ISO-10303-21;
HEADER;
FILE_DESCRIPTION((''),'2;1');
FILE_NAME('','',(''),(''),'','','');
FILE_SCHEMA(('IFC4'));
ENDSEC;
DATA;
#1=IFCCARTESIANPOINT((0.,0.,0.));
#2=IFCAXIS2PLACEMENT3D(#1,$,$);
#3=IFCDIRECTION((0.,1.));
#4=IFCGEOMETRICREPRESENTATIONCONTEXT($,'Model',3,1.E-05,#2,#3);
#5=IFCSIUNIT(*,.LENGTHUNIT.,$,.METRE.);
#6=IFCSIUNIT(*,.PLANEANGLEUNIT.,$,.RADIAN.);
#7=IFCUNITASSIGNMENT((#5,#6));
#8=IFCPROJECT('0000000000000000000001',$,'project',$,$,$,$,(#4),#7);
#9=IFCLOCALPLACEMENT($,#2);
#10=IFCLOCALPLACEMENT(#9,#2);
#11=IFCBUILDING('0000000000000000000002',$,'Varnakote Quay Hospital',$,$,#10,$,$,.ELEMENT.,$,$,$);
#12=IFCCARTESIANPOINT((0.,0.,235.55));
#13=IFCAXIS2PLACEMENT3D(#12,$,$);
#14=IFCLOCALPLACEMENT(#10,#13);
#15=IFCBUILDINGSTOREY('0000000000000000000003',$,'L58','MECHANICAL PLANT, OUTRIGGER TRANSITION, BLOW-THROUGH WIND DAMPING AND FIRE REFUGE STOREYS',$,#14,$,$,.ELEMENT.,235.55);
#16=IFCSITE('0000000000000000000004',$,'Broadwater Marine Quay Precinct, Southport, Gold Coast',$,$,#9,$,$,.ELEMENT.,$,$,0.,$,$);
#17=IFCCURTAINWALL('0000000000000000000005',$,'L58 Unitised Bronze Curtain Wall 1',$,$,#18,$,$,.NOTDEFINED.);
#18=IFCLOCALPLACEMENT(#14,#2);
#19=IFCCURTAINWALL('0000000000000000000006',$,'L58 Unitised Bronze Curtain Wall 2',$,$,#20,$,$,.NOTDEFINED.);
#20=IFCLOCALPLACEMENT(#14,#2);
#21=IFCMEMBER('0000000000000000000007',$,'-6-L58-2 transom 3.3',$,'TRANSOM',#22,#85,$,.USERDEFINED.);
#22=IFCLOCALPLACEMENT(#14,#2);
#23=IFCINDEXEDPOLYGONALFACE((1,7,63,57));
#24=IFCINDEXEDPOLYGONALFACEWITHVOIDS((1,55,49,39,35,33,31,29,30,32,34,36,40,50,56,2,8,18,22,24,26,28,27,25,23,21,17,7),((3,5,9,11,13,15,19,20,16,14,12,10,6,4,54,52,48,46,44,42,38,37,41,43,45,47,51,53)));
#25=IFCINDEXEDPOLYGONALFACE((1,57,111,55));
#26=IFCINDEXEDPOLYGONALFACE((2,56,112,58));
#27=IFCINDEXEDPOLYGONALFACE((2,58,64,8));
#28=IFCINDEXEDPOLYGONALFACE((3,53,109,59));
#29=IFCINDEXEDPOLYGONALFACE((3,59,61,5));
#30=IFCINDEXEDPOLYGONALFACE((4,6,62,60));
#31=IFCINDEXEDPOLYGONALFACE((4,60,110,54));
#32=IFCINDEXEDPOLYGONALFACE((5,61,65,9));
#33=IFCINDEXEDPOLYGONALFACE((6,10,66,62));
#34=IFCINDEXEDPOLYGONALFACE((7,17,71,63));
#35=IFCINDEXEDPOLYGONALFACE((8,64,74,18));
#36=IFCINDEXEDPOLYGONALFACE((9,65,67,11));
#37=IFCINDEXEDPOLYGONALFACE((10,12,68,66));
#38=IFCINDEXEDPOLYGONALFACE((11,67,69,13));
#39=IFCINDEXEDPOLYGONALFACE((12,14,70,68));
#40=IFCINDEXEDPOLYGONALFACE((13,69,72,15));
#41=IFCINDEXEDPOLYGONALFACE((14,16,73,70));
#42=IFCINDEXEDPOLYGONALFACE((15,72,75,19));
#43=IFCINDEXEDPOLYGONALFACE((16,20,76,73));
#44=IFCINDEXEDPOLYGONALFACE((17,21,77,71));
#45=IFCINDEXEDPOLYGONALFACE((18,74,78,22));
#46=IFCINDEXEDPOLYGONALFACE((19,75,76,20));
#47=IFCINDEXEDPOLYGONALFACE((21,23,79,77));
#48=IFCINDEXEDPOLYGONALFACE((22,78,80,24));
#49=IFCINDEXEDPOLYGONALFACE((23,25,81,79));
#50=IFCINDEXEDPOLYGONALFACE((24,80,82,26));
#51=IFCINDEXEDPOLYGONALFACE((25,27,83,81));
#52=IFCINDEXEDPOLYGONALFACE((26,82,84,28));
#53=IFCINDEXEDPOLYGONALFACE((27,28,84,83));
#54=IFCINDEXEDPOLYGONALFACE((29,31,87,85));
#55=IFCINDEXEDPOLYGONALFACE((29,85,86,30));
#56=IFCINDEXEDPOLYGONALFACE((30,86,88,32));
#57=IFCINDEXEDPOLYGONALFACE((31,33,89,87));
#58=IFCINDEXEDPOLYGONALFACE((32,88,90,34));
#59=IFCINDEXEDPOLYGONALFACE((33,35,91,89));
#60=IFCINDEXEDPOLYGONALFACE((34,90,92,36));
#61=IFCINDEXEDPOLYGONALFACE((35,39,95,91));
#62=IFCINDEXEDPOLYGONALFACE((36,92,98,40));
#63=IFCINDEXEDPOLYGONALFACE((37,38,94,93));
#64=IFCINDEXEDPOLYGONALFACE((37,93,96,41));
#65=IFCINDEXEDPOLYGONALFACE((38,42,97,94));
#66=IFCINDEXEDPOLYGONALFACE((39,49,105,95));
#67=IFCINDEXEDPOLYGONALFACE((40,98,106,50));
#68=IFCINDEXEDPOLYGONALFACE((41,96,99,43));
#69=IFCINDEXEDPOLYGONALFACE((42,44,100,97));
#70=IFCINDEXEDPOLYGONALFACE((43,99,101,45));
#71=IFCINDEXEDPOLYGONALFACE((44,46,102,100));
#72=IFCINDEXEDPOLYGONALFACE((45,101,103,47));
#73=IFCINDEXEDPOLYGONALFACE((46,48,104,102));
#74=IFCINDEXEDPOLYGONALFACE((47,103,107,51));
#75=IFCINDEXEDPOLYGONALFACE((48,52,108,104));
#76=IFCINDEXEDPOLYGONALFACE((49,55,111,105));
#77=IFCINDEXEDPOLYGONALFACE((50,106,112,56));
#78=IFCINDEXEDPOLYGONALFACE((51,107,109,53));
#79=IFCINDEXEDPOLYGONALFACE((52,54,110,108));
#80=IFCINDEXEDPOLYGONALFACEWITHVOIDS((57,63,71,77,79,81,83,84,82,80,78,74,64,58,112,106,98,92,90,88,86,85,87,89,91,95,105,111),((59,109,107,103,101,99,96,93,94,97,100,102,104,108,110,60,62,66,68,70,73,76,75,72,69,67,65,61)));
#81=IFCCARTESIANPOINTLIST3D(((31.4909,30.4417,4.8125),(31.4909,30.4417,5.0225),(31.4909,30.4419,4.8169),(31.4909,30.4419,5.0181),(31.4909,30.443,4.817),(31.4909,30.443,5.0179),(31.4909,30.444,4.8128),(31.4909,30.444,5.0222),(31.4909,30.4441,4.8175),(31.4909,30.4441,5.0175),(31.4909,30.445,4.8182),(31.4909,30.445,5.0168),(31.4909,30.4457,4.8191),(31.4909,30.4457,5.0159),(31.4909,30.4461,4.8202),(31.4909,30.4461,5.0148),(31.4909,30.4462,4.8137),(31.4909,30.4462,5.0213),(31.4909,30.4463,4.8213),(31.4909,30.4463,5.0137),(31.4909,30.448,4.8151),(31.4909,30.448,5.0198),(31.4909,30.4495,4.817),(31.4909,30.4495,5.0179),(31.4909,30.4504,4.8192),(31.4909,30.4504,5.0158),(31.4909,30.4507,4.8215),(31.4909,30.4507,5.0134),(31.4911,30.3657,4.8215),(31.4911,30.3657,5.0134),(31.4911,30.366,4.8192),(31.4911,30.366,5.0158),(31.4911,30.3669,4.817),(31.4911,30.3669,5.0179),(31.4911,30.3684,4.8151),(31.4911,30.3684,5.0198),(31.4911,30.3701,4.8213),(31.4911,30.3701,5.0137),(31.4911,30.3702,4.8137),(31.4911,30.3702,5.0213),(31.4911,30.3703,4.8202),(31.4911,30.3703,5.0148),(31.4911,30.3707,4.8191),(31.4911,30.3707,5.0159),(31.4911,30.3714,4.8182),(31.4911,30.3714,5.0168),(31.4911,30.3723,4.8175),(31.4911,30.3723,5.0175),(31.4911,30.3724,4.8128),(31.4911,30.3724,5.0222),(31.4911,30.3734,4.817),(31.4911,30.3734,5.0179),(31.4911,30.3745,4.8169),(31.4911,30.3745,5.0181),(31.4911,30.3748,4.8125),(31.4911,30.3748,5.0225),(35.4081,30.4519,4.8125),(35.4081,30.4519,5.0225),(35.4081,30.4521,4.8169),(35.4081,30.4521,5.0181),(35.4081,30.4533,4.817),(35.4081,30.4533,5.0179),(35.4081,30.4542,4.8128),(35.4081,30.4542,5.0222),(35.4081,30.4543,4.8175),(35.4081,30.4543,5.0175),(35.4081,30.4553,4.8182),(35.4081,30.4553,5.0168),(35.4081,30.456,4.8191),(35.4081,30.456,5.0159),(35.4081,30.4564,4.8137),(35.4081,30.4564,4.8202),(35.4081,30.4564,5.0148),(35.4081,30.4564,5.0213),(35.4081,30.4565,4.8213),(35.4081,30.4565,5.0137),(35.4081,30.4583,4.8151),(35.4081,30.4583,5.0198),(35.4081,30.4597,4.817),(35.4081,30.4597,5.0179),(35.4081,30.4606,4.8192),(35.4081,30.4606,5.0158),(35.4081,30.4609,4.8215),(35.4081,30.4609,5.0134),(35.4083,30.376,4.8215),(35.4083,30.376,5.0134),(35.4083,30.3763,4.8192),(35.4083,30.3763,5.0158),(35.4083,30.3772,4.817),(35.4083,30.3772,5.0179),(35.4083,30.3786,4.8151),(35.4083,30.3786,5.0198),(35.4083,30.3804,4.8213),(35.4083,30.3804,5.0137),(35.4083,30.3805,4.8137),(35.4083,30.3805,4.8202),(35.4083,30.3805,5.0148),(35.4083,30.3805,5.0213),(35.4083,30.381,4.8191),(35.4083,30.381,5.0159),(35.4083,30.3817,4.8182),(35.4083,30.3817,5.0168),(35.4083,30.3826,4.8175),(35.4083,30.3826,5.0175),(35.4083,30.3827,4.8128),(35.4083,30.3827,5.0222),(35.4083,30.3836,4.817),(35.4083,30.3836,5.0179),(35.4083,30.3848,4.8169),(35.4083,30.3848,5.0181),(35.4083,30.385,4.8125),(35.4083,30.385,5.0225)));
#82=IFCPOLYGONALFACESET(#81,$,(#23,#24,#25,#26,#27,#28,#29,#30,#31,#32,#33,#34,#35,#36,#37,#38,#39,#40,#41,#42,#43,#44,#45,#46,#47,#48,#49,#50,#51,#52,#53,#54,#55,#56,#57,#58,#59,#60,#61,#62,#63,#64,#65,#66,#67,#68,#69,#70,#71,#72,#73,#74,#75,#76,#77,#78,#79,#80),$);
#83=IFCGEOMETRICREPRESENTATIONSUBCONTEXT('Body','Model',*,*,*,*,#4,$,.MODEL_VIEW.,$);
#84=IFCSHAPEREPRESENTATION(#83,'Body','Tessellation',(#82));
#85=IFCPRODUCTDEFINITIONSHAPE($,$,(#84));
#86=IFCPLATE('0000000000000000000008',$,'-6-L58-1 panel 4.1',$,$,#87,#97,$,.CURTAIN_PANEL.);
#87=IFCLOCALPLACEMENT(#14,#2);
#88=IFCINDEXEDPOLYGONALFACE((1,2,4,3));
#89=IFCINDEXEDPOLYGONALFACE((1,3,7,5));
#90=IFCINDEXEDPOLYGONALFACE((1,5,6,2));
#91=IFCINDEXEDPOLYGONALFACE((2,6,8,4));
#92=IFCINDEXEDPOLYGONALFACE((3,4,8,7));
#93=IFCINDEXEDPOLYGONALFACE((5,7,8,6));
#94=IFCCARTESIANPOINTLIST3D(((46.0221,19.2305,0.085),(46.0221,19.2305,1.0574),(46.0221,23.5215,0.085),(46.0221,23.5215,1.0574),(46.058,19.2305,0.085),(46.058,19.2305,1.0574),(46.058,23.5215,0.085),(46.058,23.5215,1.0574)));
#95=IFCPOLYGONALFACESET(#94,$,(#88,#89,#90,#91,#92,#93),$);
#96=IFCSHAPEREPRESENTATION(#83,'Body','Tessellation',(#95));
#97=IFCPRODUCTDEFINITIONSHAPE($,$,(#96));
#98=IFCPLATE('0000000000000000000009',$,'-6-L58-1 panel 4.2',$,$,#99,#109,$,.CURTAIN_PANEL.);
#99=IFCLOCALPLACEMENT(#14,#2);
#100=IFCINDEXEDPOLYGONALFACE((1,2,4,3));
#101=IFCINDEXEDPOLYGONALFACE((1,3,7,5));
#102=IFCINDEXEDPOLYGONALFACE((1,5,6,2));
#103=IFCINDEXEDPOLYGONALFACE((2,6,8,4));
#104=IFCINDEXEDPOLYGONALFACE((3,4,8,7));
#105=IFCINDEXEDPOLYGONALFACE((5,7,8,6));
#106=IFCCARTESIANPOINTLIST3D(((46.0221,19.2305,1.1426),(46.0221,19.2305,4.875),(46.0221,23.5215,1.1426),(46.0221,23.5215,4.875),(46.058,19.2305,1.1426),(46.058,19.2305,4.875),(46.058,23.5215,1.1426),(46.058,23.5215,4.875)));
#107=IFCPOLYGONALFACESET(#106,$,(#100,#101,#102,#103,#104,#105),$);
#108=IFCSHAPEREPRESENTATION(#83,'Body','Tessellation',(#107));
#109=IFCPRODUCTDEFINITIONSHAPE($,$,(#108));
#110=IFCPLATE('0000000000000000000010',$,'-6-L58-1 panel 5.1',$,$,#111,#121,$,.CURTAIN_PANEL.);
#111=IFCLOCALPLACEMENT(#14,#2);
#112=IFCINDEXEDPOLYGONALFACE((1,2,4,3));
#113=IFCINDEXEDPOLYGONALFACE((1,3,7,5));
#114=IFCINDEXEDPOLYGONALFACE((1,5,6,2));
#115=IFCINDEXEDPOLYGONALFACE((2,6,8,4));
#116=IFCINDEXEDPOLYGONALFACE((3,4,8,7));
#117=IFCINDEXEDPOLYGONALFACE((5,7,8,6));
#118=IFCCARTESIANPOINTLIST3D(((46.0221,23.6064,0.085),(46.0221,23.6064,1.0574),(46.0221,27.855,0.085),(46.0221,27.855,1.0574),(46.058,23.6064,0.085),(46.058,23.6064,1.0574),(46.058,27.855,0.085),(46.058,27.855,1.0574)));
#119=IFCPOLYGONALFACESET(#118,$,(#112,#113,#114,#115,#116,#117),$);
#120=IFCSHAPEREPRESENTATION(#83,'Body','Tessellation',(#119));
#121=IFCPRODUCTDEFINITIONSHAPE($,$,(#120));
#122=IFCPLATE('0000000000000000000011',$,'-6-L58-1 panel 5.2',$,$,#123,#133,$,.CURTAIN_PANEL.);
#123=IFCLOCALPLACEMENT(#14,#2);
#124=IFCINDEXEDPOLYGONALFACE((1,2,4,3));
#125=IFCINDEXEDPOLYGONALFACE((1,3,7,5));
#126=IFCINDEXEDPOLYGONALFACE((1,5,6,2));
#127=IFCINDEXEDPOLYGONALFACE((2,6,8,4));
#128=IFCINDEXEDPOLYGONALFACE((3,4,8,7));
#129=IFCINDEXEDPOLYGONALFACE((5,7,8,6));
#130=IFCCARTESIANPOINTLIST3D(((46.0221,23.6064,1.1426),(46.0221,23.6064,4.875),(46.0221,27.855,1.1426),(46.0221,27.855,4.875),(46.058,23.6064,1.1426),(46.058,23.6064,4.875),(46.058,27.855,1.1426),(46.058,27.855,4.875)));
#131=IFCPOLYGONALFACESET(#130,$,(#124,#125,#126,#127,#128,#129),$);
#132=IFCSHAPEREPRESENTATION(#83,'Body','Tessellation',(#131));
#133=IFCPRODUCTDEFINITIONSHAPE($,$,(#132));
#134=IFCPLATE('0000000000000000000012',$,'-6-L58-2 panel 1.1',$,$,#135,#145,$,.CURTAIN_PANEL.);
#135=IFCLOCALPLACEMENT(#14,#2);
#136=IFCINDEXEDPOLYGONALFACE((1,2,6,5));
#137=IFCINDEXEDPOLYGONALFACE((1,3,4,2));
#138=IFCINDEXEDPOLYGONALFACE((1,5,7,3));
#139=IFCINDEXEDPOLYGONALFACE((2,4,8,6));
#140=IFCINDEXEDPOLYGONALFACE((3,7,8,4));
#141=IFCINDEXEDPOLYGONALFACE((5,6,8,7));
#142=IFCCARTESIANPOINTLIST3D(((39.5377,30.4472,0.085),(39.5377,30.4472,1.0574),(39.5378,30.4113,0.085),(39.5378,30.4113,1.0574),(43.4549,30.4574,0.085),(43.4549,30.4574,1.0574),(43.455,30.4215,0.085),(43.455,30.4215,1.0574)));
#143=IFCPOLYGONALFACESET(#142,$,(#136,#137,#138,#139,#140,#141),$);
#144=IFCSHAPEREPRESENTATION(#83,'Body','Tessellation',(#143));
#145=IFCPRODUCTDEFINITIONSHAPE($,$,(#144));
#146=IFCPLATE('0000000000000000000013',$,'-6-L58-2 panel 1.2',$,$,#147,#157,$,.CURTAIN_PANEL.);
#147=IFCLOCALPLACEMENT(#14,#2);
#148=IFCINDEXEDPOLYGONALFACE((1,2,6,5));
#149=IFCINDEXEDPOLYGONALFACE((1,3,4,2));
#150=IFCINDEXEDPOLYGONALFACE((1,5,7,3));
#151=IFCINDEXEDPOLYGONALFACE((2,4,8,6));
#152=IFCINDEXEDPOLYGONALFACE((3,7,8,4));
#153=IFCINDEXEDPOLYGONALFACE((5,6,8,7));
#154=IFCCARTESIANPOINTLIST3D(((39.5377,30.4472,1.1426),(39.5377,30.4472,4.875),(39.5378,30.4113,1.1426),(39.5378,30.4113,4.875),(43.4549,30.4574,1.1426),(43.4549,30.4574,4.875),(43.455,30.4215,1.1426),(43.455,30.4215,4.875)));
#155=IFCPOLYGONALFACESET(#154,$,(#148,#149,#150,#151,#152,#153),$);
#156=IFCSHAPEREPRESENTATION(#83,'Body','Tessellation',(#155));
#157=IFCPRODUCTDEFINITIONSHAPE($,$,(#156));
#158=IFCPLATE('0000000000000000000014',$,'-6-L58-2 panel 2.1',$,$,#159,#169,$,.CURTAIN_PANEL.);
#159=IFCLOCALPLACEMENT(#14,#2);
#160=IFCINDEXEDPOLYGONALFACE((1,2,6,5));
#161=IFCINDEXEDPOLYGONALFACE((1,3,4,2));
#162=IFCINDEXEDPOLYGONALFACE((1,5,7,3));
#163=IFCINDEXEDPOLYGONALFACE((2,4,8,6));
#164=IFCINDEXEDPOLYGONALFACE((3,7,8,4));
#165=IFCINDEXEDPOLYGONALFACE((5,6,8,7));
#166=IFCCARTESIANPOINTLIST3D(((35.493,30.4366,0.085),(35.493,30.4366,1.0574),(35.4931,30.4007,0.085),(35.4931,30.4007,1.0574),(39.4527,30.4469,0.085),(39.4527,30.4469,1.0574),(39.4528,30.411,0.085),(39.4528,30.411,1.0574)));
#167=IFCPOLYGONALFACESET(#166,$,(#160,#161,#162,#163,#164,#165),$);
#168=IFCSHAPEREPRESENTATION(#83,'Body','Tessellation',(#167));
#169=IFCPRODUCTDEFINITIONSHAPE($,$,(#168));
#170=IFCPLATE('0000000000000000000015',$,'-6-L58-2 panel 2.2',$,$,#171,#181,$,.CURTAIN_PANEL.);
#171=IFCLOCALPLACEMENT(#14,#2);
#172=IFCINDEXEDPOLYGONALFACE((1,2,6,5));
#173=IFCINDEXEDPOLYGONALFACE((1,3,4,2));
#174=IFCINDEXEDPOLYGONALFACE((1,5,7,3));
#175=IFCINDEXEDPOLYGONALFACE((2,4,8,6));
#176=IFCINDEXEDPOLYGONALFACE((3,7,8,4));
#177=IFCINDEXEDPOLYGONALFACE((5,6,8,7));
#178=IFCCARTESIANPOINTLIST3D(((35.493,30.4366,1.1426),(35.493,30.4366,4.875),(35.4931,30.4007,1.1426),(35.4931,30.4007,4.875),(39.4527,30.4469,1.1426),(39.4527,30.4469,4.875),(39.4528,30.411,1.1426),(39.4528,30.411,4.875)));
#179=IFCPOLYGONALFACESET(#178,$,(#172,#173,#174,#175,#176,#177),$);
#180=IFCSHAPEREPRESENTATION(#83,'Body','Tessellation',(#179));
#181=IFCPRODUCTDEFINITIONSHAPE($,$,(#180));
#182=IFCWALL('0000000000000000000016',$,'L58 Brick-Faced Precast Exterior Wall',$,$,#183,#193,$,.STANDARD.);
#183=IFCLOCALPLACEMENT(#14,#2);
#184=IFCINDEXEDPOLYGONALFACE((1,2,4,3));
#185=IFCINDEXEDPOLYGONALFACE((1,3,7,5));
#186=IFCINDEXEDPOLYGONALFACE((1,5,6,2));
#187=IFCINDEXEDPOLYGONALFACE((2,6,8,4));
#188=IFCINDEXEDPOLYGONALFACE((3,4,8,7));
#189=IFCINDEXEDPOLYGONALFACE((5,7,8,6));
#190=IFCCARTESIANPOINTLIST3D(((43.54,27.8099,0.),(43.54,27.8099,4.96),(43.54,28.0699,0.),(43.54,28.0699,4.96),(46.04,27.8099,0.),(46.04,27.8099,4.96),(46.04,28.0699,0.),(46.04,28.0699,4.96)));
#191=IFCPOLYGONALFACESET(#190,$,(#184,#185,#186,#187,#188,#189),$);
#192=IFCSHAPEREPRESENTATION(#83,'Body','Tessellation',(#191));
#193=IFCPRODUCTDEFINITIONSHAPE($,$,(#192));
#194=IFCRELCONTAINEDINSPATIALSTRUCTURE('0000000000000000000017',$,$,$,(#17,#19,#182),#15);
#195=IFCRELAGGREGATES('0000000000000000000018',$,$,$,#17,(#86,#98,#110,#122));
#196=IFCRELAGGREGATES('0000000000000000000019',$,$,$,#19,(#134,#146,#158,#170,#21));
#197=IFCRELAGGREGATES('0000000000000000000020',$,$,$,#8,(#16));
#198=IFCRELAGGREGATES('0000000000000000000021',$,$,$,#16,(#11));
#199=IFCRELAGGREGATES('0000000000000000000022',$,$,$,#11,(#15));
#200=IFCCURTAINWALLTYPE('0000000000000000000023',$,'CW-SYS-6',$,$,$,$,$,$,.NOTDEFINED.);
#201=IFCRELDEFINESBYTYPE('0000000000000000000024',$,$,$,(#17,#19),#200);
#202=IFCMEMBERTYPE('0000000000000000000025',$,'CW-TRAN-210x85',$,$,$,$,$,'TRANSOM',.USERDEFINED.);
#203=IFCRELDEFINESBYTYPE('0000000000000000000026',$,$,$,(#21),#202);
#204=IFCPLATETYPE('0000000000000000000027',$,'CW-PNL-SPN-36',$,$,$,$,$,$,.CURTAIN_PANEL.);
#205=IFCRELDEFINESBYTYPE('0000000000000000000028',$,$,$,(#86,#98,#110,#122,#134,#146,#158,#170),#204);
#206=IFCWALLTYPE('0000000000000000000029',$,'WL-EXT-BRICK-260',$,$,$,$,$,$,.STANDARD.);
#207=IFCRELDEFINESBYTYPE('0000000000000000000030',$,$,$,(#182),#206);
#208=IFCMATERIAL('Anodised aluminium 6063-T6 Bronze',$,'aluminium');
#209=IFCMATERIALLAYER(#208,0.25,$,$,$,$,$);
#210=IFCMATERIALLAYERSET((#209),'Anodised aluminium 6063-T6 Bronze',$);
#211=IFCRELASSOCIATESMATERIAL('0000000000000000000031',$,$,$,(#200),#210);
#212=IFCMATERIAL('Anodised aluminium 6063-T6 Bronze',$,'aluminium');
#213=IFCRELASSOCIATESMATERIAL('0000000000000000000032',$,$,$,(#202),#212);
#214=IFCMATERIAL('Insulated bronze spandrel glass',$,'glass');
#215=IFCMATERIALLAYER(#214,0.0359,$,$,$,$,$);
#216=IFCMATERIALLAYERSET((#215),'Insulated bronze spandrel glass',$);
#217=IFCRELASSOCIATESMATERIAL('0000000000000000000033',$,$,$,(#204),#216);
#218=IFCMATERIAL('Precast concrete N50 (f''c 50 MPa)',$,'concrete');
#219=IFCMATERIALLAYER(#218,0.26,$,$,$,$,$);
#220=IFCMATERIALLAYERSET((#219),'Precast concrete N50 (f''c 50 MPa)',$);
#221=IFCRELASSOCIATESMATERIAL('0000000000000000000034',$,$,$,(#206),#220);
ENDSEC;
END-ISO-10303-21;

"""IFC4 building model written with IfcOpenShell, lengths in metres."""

from ifc_helpers import new_model, si_unit, direction, frame, frame_2d, origin, origin_2d, place, context, subcontext, project, spatial, rectangle, hollow_rectangle, extrude, material, layer, layer_set, material_profile, profile_set, type_object, element, aggregate, save


model = new_model("IFC4")

# Units and contexts
model_context = context("Model", 3, precision=1e-05, world=origin(), true_north=direction((0.0, 1.0)))
body_context = subcontext(model_context, "Body", "Model", "MODEL_VIEW")
ifc_project = project(units=[si_unit("LENGTHUNIT", "METRE"), si_unit("PLANEANGLEUNIT", "RADIAN")], contexts=[model_context])

# Site, building, storey
site_placement = place(None, origin())
site = spatial("IfcSite", under=ifc_project, at=site_placement, Name="Broadwater Marine Quay Precinct, Southport, Gold Coast", CompositionType="ELEMENT", RefElevation=0.0)
building_placement = place(site_placement, origin())
building = spatial("IfcBuilding", under=site, at=building_placement, Name="Varnakote Quay Hospital", CompositionType="ELEMENT")
storey_placement = place(building_placement, frame((0.0, 0.0, 235.55)))
storey = spatial("IfcBuildingStorey", under=building, at=storey_placement, Name="L58", Description="MECHANICAL PLANT, OUTRIGGER TRANSITION, BLOW-THROUGH WIND DAMPING AND FIRE REFUGE STOREYS", CompositionType="ELEMENT", Elevation=235.55)

# Curtain walls
ifc_material_1 = material(Name="Anodised aluminium 6063-T6 Bronze", Category="aluminium")
ifc_layer_1 = layer(ifc_material_1, 0.25)
ifc_layer_set_1 = layer_set([ifc_layer_1], Name="Anodised aluminium 6063-T6 Bronze")
curtain_wall_type = type_object("IfcCurtainWallType", Name="CW-SYS-6", PredefinedType="NOTDEFINED", material=ifc_layer_set_1)
curtain_wall_1_placement = place(storey_placement, origin())
curtain_wall_1 = element("IfcCurtainWall", 1, at=curtain_wall_1_placement, inside=storey, type_object=curtain_wall_type, Name="L58 Unitised Bronze Curtain Wall 1", PredefinedType="NOTDEFINED")
curtain_wall_2_placement = place(storey_placement, origin())
curtain_wall_2 = element("IfcCurtainWall", 2, at=curtain_wall_2_placement, inside=storey, type_object=curtain_wall_type, Name="L58 Unitised Bronze Curtain Wall 2", PredefinedType="NOTDEFINED")

# Member
ifc_material_2 = material(Name="Anodised aluminium 6063-T6 Bronze", Category="aluminium")
ifc_material_profile_1 = material_profile(ifc_material_2, hollow_rectangle(XDim=0.085, YDim=0.21, WallThickness=0.0044, InnerFilletRadius=0.0044, OuterFilletRadius=0.009, at=origin_2d()), Name="CW-TRAN-210x85")
ifc_profile_set_1 = profile_set([ifc_material_profile_1], Name="Anodised aluminium 6063-T6 Bronze")
member_type_1 = type_object("IfcMemberType", Name="CW-TRAN-210x85", ElementType="TRANSOM", PredefinedType="USERDEFINED", material=ifc_profile_set_1)
member_1_placement = place(storey_placement, frame((35.4082, 30.4185, 4.9175), z_axis=(-0.999997, -0.002618, 0.0), x_axis=(0.002618, -0.999997, 0.0)))
member_1 = element("IfcMember", 3, at=member_1_placement, type_object=member_type_1, Name="-6-L58-2 transom 3.3", ObjectType="TRANSOM", PredefinedType="USERDEFINED", context=body_context, shape_type="SweptSolid", body=[
    extrude(hollow_rectangle(XDim=0.085, YDim=0.21, WallThickness=0.0044, InnerFilletRadius=0.0044, OuterFilletRadius=0.009, at=origin_2d()), origin(), (0.0, 0.0, 1.0), 3.9172),
])

# Plates
ifc_material_3 = material(Name="Insulated bronze spandrel glass", Category="glass")
ifc_layer_2 = layer(ifc_material_3, 0.0359)
ifc_layer_set_2 = layer_set([ifc_layer_2], Name="Insulated bronze spandrel glass")
plate_type = type_object("IfcPlateType", Name="CW-PNL-SPN-36", PredefinedType="CURTAIN_PANEL", material=ifc_layer_set_2)
plate_1_placement = place(storey_placement, frame((46.04, 21.376, 0.085), z_axis=(0.0, 0.0, 1.0), x_axis=(0.0, 1.0, 0.0)))
plate_1 = element("IfcPlate", 4, at=plate_1_placement, type_object=plate_type, Name="-6-L58-1 panel 4.1", PredefinedType="CURTAIN_PANEL", context=body_context, shape_type="SweptSolid", body=[
    extrude(rectangle(XDim=4.291, YDim=0.0359, at=origin_2d()), origin(), (0.0, 0.0, 1.0), 0.9724),
])
plate_2_placement = place(storey_placement, frame((46.04, 21.376, 1.1426), z_axis=(0.0, 0.0, 1.0), x_axis=(0.0, 1.0, 0.0)))
plate_2 = element("IfcPlate", 5, at=plate_2_placement, type_object=plate_type, Name="-6-L58-1 panel 4.2", PredefinedType="CURTAIN_PANEL", context=body_context, shape_type="SweptSolid", body=[
    extrude(rectangle(XDim=4.291, YDim=0.0359, at=origin_2d()), origin(), (0.0, 0.0, 1.0), 3.7324),
])
plate_3_placement = place(storey_placement, frame((46.04, 25.7307, 0.085), z_axis=(0.0, 0.0, 1.0), x_axis=(0.0, 1.0, 0.0)))
plate_3 = element("IfcPlate", 6, at=plate_3_placement, type_object=plate_type, Name="-6-L58-1 panel 5.1", PredefinedType="CURTAIN_PANEL", context=body_context, shape_type="SweptSolid", body=[
    extrude(rectangle(XDim=4.2485, YDim=0.0359, at=origin_2d()), origin(), (0.0, 0.0, 1.0), 0.9724),
])
plate_4_placement = place(storey_placement, frame((46.04, 25.7307, 1.1426), z_axis=(0.0, 0.0, 1.0), x_axis=(0.0, 1.0, 0.0)))
plate_4 = element("IfcPlate", 7, at=plate_4_placement, type_object=plate_type, Name="-6-L58-1 panel 5.2", PredefinedType="CURTAIN_PANEL", context=body_context, shape_type="SweptSolid", body=[
    extrude(rectangle(XDim=4.2485, YDim=0.0359, at=origin_2d()), origin(), (0.0, 0.0, 1.0), 3.7324),
])
aggregate(curtain_wall_1, [plate_1, plate_2, plate_3, plate_4])
plate_5_placement = place(storey_placement, frame((41.4963, 30.4343, 0.085), z_axis=(0.0, 0.0, 1.0), x_axis=(-0.999997, -0.002604, 0.0)))
plate_5 = element("IfcPlate", 8, at=plate_5_placement, type_object=plate_type, Name="-6-L58-2 panel 1.1", PredefinedType="CURTAIN_PANEL", context=body_context, shape_type="SweptSolid", body=[
    extrude(rectangle(XDim=3.9172, YDim=0.0359, at=origin_2d()), origin(), (0.0, 0.0, 1.0), 0.9724),
])
plate_6_placement = place(storey_placement, frame((41.4963, 30.4343, 1.1426), z_axis=(0.0, 0.0, 1.0), x_axis=(-0.999997, -0.002604, 0.0)))
plate_6 = element("IfcPlate", 9, at=plate_6_placement, type_object=plate_type, Name="-6-L58-2 panel 1.2", PredefinedType="CURTAIN_PANEL", context=body_context, shape_type="SweptSolid", body=[
    extrude(rectangle(XDim=3.9172, YDim=0.0359, at=origin_2d()), origin(), (0.0, 0.0, 1.0), 3.7324),
])
plate_7_placement = place(storey_placement, frame((37.4729, 30.4238, 0.085), z_axis=(0.0, 0.0, 1.0), x_axis=(-0.999997, -0.002604, 0.0)))
plate_7 = element("IfcPlate", 10, at=plate_7_placement, type_object=plate_type, Name="-6-L58-2 panel 2.1", PredefinedType="CURTAIN_PANEL", context=body_context, shape_type="SweptSolid", body=[
    extrude(rectangle(XDim=3.9597, YDim=0.0359, at=origin_2d()), origin(), (0.0, 0.0, 1.0), 0.9724),
])
plate_8_placement = place(storey_placement, frame((37.4729, 30.4238, 1.1426), z_axis=(0.0, 0.0, 1.0), x_axis=(-0.999997, -0.002604, 0.0)))
plate_8 = element("IfcPlate", 11, at=plate_8_placement, type_object=plate_type, Name="-6-L58-2 panel 2.2", PredefinedType="CURTAIN_PANEL", context=body_context, shape_type="SweptSolid", body=[
    extrude(rectangle(XDim=3.9597, YDim=0.0359, at=origin_2d()), origin(), (0.0, 0.0, 1.0), 3.7324),
])
aggregate(curtain_wall_2, [plate_5, plate_6, plate_7, plate_8, member_1])

# Wall
ifc_material_4 = material(Name="Precast concrete N50 (f'c 50 MPa)", Category="concrete")
ifc_layer_3 = layer(ifc_material_4, 0.26)
ifc_layer_set_3 = layer_set([ifc_layer_3], Name="Precast concrete N50 (f'c 50 MPa)")
wall_type = type_object("IfcWallType", Name="WL-EXT-BRICK-260", PredefinedType="STANDARD", material=ifc_layer_set_3)
wall_1_placement = place(storey_placement, frame((46.04, 27.9399, 0.0), z_axis=(0.0, 0.0, 1.0), x_axis=(-1.0, 0.0, 0.0)))
element("IfcWall", 12, at=wall_1_placement, inside=storey, type_object=wall_type, Name="L58 Brick-Faced Precast Exterior Wall", PredefinedType="STANDARD", context=body_context, shape_type="SweptSolid", body=[
    extrude(rectangle(XDim=2.5, YDim=0.26, at=frame_2d((1.25, 0.0))), origin(), (0.0, 0.0, 1.0), 4.96),
])

save(model, "model.ifc")
